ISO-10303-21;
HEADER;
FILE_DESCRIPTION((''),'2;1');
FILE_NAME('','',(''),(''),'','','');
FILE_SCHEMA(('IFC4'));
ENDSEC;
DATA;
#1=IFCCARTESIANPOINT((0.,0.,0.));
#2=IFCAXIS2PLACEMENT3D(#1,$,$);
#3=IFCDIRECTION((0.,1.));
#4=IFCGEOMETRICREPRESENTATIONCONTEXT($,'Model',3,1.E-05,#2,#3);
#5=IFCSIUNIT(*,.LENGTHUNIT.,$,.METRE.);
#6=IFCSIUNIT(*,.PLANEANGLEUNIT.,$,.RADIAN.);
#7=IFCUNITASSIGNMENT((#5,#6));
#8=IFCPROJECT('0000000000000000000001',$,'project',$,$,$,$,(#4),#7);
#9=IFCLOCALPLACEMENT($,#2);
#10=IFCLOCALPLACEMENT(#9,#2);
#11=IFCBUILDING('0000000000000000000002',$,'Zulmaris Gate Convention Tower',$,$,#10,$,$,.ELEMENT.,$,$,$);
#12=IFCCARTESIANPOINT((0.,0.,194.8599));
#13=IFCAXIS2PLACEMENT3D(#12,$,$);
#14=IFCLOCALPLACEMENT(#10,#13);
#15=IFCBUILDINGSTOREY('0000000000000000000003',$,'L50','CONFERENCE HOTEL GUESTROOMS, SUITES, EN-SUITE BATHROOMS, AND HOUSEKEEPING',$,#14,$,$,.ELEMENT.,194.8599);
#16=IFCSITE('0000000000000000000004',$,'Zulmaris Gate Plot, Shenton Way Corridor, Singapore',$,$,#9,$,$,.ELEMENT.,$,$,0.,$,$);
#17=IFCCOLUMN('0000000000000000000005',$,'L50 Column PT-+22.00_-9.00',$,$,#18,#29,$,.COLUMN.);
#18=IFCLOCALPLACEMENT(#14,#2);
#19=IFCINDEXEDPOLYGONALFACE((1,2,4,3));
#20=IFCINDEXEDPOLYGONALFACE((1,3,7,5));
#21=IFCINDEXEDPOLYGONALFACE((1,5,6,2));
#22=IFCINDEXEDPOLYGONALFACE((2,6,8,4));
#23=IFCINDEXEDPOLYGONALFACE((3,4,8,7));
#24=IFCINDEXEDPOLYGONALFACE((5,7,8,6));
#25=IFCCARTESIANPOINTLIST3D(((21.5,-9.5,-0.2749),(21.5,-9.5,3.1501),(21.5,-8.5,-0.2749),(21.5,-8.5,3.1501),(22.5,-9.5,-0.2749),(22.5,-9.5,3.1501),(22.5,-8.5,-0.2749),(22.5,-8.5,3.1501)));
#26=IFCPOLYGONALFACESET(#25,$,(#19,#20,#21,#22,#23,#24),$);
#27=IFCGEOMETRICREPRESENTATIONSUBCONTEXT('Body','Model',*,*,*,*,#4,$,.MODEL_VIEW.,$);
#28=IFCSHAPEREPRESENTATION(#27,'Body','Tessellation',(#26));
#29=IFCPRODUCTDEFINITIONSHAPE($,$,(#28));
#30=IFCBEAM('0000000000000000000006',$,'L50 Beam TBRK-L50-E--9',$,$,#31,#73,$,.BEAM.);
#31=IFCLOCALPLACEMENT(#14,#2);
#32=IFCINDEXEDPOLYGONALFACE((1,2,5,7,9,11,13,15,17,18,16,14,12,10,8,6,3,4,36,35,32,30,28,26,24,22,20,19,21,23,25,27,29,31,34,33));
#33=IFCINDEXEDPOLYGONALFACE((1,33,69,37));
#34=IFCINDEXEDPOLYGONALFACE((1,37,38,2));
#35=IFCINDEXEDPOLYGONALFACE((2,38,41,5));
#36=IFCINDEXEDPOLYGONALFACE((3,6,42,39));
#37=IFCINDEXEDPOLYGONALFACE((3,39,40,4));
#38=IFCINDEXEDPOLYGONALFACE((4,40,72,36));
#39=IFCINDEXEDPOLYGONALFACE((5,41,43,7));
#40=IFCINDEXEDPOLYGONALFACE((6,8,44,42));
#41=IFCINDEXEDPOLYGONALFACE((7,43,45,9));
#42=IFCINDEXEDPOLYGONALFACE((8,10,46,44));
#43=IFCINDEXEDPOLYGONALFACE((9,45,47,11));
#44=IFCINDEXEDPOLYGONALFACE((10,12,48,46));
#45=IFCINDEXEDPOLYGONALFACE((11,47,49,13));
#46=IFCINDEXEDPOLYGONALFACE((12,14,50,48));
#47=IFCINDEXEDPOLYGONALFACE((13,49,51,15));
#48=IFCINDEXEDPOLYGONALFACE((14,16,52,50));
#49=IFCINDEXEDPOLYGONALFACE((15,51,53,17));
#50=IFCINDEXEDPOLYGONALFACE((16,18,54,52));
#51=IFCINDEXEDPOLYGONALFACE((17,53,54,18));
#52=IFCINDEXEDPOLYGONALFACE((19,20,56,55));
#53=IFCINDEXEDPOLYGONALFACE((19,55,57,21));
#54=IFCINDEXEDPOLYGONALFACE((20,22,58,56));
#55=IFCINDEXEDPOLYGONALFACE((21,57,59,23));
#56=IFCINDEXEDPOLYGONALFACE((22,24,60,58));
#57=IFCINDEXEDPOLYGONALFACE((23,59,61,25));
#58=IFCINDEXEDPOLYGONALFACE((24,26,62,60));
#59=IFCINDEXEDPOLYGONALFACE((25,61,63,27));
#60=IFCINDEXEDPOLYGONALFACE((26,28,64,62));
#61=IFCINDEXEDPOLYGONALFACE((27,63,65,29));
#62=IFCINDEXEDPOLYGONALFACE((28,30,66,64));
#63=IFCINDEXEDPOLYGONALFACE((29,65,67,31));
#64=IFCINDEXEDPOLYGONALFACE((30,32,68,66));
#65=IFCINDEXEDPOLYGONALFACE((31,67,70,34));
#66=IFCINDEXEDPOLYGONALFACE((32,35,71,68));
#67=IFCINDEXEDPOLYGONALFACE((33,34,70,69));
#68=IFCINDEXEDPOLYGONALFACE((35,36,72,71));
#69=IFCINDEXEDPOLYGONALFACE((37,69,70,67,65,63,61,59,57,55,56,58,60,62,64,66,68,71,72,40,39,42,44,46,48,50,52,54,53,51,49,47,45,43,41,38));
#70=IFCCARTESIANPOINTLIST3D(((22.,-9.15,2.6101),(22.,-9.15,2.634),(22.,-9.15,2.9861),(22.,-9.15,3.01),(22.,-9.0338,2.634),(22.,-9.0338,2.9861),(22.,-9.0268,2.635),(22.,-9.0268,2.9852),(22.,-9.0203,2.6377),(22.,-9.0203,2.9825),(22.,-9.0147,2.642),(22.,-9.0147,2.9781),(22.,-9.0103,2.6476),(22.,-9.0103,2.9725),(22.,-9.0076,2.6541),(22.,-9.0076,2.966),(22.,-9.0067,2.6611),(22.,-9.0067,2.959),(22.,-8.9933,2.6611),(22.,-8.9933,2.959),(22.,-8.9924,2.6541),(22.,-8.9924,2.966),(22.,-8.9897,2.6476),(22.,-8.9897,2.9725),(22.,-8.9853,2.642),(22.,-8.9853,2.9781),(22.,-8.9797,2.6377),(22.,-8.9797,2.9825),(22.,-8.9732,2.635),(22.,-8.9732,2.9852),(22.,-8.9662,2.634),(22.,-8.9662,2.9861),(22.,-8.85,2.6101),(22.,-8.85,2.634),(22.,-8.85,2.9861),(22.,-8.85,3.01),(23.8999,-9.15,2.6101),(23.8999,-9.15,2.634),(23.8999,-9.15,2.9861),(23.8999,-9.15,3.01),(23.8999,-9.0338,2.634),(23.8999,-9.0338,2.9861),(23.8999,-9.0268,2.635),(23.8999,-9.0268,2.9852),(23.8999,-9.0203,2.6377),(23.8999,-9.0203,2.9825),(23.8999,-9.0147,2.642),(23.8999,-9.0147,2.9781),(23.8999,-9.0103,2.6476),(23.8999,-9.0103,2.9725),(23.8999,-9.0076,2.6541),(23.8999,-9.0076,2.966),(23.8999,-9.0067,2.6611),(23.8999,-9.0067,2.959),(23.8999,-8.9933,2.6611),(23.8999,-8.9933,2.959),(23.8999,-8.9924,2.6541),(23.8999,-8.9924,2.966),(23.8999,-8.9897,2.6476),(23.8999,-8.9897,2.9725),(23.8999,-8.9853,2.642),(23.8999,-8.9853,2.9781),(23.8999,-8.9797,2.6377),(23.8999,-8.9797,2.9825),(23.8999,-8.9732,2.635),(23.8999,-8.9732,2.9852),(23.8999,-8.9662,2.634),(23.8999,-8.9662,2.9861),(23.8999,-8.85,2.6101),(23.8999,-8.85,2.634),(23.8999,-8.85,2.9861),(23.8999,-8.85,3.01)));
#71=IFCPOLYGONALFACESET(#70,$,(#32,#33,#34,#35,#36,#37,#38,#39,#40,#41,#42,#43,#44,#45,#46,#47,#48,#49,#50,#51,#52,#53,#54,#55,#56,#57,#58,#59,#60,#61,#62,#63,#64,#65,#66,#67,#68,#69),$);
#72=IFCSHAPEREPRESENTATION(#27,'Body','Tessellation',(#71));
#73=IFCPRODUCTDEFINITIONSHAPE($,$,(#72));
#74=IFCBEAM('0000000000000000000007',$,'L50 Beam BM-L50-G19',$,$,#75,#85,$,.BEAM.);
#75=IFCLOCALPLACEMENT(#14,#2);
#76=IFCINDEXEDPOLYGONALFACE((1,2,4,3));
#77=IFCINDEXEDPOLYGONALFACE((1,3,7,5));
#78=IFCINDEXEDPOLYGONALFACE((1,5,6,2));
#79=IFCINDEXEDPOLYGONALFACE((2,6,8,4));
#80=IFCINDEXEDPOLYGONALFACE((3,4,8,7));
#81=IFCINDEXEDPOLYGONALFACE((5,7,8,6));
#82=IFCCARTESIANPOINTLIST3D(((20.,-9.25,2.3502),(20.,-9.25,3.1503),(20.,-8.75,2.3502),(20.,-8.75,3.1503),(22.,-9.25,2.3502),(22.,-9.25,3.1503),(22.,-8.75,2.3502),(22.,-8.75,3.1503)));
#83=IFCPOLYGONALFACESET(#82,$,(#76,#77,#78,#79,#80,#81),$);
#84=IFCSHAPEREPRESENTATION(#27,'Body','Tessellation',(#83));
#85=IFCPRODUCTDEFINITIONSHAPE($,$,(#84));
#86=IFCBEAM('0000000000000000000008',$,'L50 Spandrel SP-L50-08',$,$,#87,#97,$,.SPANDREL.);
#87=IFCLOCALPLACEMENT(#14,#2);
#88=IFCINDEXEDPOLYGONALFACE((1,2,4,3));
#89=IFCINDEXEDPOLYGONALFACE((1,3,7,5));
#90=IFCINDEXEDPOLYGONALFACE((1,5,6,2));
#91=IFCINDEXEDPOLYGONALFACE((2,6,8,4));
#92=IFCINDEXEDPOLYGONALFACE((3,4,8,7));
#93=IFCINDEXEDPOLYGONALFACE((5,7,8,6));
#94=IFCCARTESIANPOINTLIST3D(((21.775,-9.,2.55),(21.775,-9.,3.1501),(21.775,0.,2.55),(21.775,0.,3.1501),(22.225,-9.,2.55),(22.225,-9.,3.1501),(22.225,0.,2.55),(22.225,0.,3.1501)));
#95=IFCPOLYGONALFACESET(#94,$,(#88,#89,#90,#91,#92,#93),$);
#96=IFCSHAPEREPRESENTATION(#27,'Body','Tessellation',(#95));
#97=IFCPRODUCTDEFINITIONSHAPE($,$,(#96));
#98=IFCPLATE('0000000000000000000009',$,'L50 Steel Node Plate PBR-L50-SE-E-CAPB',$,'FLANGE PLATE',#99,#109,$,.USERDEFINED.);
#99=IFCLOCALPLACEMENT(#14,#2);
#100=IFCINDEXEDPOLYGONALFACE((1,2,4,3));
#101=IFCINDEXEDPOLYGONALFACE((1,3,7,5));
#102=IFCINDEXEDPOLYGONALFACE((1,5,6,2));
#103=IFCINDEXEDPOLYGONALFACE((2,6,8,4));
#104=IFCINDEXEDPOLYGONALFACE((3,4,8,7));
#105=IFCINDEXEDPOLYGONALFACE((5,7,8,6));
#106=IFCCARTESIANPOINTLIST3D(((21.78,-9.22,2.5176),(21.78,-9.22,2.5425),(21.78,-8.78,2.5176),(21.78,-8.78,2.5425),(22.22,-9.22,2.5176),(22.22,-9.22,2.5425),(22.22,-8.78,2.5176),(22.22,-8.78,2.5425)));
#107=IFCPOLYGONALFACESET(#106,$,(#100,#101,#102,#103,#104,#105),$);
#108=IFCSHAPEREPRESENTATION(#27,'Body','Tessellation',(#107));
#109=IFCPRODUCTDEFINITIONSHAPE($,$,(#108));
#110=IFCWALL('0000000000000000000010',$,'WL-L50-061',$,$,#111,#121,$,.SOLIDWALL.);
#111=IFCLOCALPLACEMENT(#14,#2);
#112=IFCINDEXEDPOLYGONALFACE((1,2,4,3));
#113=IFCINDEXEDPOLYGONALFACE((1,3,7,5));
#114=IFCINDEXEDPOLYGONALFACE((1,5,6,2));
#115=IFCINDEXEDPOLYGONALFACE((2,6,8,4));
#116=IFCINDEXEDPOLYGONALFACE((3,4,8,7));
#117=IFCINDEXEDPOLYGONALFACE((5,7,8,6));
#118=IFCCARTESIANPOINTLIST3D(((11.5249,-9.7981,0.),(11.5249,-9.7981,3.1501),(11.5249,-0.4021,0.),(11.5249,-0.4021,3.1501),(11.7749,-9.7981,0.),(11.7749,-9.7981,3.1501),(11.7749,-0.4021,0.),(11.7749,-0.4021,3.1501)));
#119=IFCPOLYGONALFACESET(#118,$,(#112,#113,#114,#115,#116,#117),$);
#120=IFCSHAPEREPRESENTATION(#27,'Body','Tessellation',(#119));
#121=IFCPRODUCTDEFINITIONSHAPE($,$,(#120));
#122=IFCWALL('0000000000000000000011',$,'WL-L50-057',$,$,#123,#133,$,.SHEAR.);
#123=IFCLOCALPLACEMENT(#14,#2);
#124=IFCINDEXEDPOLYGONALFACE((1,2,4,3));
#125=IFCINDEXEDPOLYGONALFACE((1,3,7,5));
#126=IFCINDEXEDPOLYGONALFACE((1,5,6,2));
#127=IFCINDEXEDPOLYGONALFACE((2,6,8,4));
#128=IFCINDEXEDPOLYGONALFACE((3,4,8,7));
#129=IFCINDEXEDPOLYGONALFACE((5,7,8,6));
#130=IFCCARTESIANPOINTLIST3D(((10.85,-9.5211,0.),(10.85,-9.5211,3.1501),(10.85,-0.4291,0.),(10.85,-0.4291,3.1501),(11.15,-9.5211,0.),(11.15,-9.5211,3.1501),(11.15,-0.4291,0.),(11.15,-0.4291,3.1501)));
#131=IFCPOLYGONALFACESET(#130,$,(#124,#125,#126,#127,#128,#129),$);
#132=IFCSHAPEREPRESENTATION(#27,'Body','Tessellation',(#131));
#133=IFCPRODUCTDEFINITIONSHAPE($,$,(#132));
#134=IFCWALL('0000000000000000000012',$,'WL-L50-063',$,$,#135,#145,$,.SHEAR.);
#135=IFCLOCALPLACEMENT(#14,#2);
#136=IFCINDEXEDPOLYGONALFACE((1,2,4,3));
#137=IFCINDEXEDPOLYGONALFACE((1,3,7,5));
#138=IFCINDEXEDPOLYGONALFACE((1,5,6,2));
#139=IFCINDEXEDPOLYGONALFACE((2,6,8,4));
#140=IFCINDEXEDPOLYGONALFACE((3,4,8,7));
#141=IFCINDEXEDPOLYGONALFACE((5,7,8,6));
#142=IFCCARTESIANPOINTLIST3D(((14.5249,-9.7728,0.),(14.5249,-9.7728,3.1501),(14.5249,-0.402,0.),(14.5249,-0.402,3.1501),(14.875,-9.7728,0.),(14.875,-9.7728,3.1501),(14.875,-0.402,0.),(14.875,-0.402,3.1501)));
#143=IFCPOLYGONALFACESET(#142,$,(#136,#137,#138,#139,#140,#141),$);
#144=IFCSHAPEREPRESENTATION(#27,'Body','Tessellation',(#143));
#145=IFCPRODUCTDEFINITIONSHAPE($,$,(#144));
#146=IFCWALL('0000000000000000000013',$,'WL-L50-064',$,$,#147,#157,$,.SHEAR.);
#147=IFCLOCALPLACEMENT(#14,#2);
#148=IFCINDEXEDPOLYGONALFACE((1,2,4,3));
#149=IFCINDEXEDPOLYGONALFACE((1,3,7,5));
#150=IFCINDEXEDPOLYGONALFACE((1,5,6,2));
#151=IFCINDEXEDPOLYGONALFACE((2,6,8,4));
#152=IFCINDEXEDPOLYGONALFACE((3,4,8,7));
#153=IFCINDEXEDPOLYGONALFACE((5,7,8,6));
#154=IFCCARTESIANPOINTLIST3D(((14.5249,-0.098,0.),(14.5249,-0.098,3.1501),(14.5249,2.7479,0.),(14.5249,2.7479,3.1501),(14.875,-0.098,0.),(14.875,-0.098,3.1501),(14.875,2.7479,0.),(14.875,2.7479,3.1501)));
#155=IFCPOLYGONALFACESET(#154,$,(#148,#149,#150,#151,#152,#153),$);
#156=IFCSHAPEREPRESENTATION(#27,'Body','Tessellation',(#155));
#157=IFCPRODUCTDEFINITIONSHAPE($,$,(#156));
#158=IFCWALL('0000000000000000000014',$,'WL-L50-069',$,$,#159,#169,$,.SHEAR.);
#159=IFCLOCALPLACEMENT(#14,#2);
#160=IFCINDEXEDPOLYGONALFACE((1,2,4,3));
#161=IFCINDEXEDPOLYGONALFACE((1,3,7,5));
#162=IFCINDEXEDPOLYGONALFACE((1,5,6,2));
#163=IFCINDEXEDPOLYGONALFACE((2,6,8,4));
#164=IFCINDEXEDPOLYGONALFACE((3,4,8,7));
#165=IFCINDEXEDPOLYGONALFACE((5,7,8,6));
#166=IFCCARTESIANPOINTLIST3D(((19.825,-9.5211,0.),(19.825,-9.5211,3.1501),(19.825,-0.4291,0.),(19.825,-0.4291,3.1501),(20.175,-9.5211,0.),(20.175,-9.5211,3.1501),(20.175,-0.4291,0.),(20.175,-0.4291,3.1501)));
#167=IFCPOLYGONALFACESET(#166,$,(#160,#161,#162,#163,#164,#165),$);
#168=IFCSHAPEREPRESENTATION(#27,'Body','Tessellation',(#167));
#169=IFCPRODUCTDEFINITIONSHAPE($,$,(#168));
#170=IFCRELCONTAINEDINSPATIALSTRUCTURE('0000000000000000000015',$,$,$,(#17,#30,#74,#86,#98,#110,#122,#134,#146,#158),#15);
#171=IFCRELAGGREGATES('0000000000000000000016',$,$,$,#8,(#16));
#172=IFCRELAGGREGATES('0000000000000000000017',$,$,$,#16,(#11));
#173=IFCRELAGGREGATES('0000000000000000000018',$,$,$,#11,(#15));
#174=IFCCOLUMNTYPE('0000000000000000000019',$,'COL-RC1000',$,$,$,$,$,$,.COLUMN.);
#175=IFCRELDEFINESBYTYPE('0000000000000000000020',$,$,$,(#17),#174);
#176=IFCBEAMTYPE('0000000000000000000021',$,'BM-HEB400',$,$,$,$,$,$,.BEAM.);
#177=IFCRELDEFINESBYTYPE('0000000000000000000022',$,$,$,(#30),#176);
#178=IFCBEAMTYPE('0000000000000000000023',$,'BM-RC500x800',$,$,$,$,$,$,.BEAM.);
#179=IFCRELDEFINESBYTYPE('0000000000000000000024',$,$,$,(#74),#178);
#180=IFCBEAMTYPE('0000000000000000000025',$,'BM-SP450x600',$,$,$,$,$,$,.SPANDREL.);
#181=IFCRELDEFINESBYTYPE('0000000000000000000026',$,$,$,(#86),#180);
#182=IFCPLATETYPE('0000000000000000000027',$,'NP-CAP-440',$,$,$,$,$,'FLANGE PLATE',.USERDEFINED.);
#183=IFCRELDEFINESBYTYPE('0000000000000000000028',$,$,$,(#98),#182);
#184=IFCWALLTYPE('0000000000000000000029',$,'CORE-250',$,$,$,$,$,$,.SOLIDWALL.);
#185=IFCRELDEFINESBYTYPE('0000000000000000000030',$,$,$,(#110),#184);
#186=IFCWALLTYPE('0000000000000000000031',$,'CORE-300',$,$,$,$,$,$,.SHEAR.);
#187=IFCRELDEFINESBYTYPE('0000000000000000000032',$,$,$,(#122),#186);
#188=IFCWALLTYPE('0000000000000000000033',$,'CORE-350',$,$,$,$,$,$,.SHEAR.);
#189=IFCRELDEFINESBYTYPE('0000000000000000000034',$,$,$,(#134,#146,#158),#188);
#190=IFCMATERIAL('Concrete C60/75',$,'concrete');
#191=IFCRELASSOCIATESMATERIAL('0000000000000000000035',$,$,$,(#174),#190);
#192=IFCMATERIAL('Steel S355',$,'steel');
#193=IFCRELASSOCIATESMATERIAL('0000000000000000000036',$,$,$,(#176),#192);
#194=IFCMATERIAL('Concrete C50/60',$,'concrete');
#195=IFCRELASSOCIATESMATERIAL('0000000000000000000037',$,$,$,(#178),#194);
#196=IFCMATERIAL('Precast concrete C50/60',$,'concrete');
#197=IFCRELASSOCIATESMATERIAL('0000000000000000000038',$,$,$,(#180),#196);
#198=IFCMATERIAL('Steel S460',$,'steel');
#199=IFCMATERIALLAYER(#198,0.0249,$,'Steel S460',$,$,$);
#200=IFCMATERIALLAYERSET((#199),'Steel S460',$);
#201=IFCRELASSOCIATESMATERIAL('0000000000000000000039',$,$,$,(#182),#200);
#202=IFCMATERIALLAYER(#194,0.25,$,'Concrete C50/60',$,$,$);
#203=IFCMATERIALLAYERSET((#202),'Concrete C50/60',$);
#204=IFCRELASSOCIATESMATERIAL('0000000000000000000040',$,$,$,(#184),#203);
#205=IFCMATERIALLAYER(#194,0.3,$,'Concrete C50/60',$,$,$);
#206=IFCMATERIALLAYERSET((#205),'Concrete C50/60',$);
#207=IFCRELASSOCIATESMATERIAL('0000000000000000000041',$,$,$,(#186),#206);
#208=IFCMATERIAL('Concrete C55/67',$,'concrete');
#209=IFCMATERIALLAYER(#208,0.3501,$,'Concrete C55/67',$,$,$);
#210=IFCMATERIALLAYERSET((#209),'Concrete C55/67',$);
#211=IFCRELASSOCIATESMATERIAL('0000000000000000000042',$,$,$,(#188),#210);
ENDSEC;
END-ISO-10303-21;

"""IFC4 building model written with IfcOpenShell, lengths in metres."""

from ifc_helpers import new_model, si_unit, direction, frame, frame_2d, origin, origin_2d, place, context, subcontext, project, spatial, rectangle, i_section, extrude, material, layer, layer_set, material_profile, profile_set, type_object, element, save


model = new_model("IFC4")

# Units and contexts
model_context = context("Model", 3, precision=1e-05, world=origin(), true_north=direction((0.0, 1.0)))
body_context = subcontext(model_context, "Body", "Model", "MODEL_VIEW")
ifc_project = project(units=[si_unit("LENGTHUNIT", "METRE"), si_unit("PLANEANGLEUNIT", "RADIAN")], contexts=[model_context])

# Site, building, storey
site_placement = place(None, origin())
site = spatial("IfcSite", under=ifc_project, at=site_placement, Name="Zulmaris Gate Plot, Shenton Way Corridor, Singapore", CompositionType="ELEMENT", RefElevation=0.0)
building_placement = place(site_placement, origin())
building = spatial("IfcBuilding", under=site, at=building_placement, Name="Zulmaris Gate Convention Tower", CompositionType="ELEMENT")
storey_placement = place(building_placement, frame((0.0, 0.0, 194.8599)))
storey = spatial("IfcBuildingStorey", under=building, at=storey_placement, Name="L50", Description="CONFERENCE HOTEL GUESTROOMS, SUITES, EN-SUITE BATHROOMS, AND HOUSEKEEPING", CompositionType="ELEMENT", Elevation=194.8599)

# Column
ifc_material_1 = material(Name="Concrete C60/75", Category="concrete")
ifc_material_profile_1 = material_profile(ifc_material_1, rectangle(XDim=1.0, YDim=1.0, at=origin_2d()), Name="RC COL 1000x1000")
ifc_profile_set_1 = profile_set([ifc_material_profile_1], Name="Concrete C60/75")
column_type = type_object("IfcColumnType", Name="COL-RC1000", PredefinedType="COLUMN", material=ifc_profile_set_1)
column_placement = place(storey_placement, frame((22.0, -9.0, -0.2749), z_axis=(0.0, 0.0, 1.0), x_axis=(1.0, 0.0, 0.0)))
element("IfcColumn", 1, at=column_placement, inside=storey, type_object=column_type, Name="L50 Column PT-+22.00_-9.00", PredefinedType="COLUMN", context=body_context, shape_type="SweptSolid", body=[
    extrude(rectangle(XDim=1.0, YDim=1.0, at=origin_2d()), origin(), (0.0, 0.0, 1.0), 3.425),
])

# Beams
ifc_material_2 = material(Name="Steel S355", Category="steel")
ifc_material_profile_2 = material_profile(ifc_material_2, i_section(OverallWidth=0.3, OverallDepth=0.3999, WebThickness=0.0134, FlangeThickness=0.0239, FilletRadius=0.0271, at=origin_2d()), Name="HEB 400")
ifc_profile_set_2 = profile_set([ifc_material_profile_2], Name="Steel S355")
beam_type_1 = type_object("IfcBeamType", Name="BM-HEB400", PredefinedType="BEAM", material=ifc_profile_set_2)
beam_1_placement = place(storey_placement, frame((22.0, -9.0, 2.8101), z_axis=(1.0, 0.0, 0.0), x_axis=(0.0, 1.0, 0.0)))
element("IfcBeam", 2, at=beam_1_placement, inside=storey, type_object=beam_type_1, Name="L50 Beam TBRK-L50-E--9", PredefinedType="BEAM", context=body_context, shape_type="SweptSolid", body=[
    extrude(i_section(OverallWidth=0.3, OverallDepth=0.3999, WebThickness=0.0134, FlangeThickness=0.0239, FilletRadius=0.0271, at=origin_2d()), origin(), (0.0, 0.0, 1.0), 1.8999),
])
ifc_material_3 = material(Name="Concrete C50/60", Category="concrete")
ifc_material_profile_3 = material_profile(ifc_material_3, rectangle(XDim=0.5, YDim=0.8, at=origin_2d()), Name="RC BEAM 500x800")
ifc_profile_set_3 = profile_set([ifc_material_profile_3], Name="Concrete C50/60")
beam_type_2 = type_object("IfcBeamType", Name="BM-RC500x800", PredefinedType="BEAM", material=ifc_profile_set_3)
beam_2_placement = place(storey_placement, frame((20.0, -9.0, 2.7502), z_axis=(1.0, 0.0, 0.0), x_axis=(0.0, 1.0, 0.0)))
element("IfcBeam", 3, at=beam_2_placement, inside=storey, type_object=beam_type_2, Name="L50 Beam BM-L50-G19", PredefinedType="BEAM", context=body_context, shape_type="SweptSolid", body=[
    extrude(rectangle(XDim=0.5, YDim=0.8, at=origin_2d()), origin(), (0.0, 0.0, 1.0), 2.0),
])
ifc_material_4 = material(Name="Precast concrete C50/60", Category="concrete")
ifc_material_profile_4 = material_profile(ifc_material_4, rectangle(XDim=0.45, YDim=0.6001, at=origin_2d()), Name="RC SPANDREL 450x600")
ifc_profile_set_4 = profile_set([ifc_material_profile_4], Name="Precast concrete C50/60")
beam_type_3 = type_object("IfcBeamType", Name="BM-SP450x600", PredefinedType="SPANDREL", material=ifc_profile_set_4)
beam_3_placement = place(storey_placement, frame((22.0, -9.0, 2.8501), z_axis=(0.0, 1.0, 0.0), x_axis=(-1.0, 0.0, 0.0)))
element("IfcBeam", 4, at=beam_3_placement, inside=storey, type_object=beam_type_3, Name="L50 Spandrel SP-L50-08", PredefinedType="SPANDREL", context=body_context, shape_type="SweptSolid", body=[
    extrude(rectangle(XDim=0.45, YDim=0.6001, at=origin_2d()), origin(), (0.0, 0.0, 1.0), 9.0),
])

# Plate
ifc_material_5 = material(Name="Steel S460", Category="steel")
ifc_layer_1 = layer(ifc_material_5, 0.0249, Name="Steel S460")
ifc_layer_set_1 = layer_set([ifc_layer_1], Name="Steel S460")
plate_type = type_object("IfcPlateType", Name="NP-CAP-440", ElementType="FLANGE PLATE", PredefinedType="USERDEFINED", material=ifc_layer_set_1)
plate_placement = place(storey_placement, frame((22.0, -9.0, 2.5176), z_axis=(0.0, 0.0, 1.0), x_axis=(1.0, 0.0, 0.0)))
element("IfcPlate", 5, at=plate_placement, inside=storey, type_object=plate_type, Name="L50 Steel Node Plate PBR-L50-SE-E-CAPB", ObjectType="FLANGE PLATE", PredefinedType="USERDEFINED", context=body_context, shape_type="SweptSolid", body=[
    extrude(rectangle(XDim=0.4399, YDim=0.4399, at=origin_2d()), origin(), (0.0, 0.0, 1.0), 0.0249),
])

# Wall
ifc_layer_2 = layer(ifc_material_3, 0.25, Name="Concrete C50/60")
ifc_layer_set_2 = layer_set([ifc_layer_2], Name="Concrete C50/60")
wall_type_1 = type_object("IfcWallType", Name="CORE-250", PredefinedType="SOLIDWALL", material=ifc_layer_set_2)
wall_1_placement = place(storey_placement, frame((11.6499, -9.7981, 0.0), z_axis=(0.0, 0.0, 1.0), x_axis=(0.0, 1.0, 0.0)))
element("IfcWall", 6, at=wall_1_placement, inside=storey, type_object=wall_type_1, Name="WL-L50-061", PredefinedType="SOLIDWALL", context=body_context, shape_type="SweptSolid", body=[
    extrude(rectangle(XDim=9.396, YDim=0.25, at=frame_2d((4.698, 0.0))), origin(), (0.0, 0.0, 1.0), 3.1501),
])

# Shared definitions
ifc_layer_3 = layer(ifc_material_3, 0.3, Name="Concrete C50/60")
ifc_layer_set_3 = layer_set([ifc_layer_3], Name="Concrete C50/60")
wall_type_2 = type_object("IfcWallType", Name="CORE-300", PredefinedType="SHEAR", material=ifc_layer_set_3)

# Walls
wall_2_placement = place(storey_placement, frame((11.0, -9.521, 0.0), z_axis=(0.0, 0.0, 1.0), x_axis=(0.0, 1.0, 0.0)))
element("IfcWall", 7, at=wall_2_placement, inside=storey, type_object=wall_type_2, Name="WL-L50-057", PredefinedType="SHEAR", context=body_context, shape_type="SweptSolid", body=[
    extrude(rectangle(XDim=9.092, YDim=0.3, at=frame_2d((4.5459, 0.0))), origin(), (0.0, 0.0, 1.0), 3.1501),
])
ifc_material_6 = material(Name="Concrete C55/67", Category="concrete")
ifc_layer_4 = layer(ifc_material_6, 0.3501, Name="Concrete C55/67")
ifc_layer_set_4 = layer_set([ifc_layer_4], Name="Concrete C55/67")
wall_type_3 = type_object("IfcWallType", Name="CORE-350", PredefinedType="SHEAR", material=ifc_layer_set_4)
wall_3_placement = place(storey_placement, frame((14.7, -9.7729, 0.0), z_axis=(0.0, 0.0, 1.0), x_axis=(0.0, 1.0, 0.0)))
element("IfcWall", 8, at=wall_3_placement, inside=storey, type_object=wall_type_3, Name="WL-L50-063", PredefinedType="SHEAR", context=body_context, shape_type="SweptSolid", body=[
    extrude(rectangle(XDim=9.3708, YDim=0.3501, at=frame_2d((4.6855, 0.0))), origin(), (0.0, 0.0, 1.0), 3.1501),
])
wall_4_placement = place(storey_placement, frame((14.7, -0.0979, 0.0), z_axis=(0.0, 0.0, 1.0), x_axis=(0.0, 1.0, 0.0)))
element("IfcWall", 9, at=wall_4_placement, inside=storey, type_object=wall_type_3, Name="WL-L50-064", PredefinedType="SHEAR", context=body_context, shape_type="SweptSolid", body=[
    extrude(rectangle(XDim=2.8459, YDim=0.3501, at=frame_2d((1.4229, 0.0))), origin(), (0.0, 0.0, 1.0), 3.1501),
])
wall_5_placement = place(storey_placement, frame((20.0, -9.521, 0.0), z_axis=(0.0, 0.0, 1.0), x_axis=(0.0, 1.0, 0.0)))
element("IfcWall", 10, at=wall_5_placement, inside=storey, type_object=wall_type_3, Name="WL-L50-069", PredefinedType="SHEAR", context=body_context, shape_type="SweptSolid", body=[
    extrude(rectangle(XDim=9.092, YDim=0.3501, at=frame_2d((4.5459, 0.0))), origin(), (0.0, 0.0, 1.0), 3.1501),
])

save(model, "model.ifc")
